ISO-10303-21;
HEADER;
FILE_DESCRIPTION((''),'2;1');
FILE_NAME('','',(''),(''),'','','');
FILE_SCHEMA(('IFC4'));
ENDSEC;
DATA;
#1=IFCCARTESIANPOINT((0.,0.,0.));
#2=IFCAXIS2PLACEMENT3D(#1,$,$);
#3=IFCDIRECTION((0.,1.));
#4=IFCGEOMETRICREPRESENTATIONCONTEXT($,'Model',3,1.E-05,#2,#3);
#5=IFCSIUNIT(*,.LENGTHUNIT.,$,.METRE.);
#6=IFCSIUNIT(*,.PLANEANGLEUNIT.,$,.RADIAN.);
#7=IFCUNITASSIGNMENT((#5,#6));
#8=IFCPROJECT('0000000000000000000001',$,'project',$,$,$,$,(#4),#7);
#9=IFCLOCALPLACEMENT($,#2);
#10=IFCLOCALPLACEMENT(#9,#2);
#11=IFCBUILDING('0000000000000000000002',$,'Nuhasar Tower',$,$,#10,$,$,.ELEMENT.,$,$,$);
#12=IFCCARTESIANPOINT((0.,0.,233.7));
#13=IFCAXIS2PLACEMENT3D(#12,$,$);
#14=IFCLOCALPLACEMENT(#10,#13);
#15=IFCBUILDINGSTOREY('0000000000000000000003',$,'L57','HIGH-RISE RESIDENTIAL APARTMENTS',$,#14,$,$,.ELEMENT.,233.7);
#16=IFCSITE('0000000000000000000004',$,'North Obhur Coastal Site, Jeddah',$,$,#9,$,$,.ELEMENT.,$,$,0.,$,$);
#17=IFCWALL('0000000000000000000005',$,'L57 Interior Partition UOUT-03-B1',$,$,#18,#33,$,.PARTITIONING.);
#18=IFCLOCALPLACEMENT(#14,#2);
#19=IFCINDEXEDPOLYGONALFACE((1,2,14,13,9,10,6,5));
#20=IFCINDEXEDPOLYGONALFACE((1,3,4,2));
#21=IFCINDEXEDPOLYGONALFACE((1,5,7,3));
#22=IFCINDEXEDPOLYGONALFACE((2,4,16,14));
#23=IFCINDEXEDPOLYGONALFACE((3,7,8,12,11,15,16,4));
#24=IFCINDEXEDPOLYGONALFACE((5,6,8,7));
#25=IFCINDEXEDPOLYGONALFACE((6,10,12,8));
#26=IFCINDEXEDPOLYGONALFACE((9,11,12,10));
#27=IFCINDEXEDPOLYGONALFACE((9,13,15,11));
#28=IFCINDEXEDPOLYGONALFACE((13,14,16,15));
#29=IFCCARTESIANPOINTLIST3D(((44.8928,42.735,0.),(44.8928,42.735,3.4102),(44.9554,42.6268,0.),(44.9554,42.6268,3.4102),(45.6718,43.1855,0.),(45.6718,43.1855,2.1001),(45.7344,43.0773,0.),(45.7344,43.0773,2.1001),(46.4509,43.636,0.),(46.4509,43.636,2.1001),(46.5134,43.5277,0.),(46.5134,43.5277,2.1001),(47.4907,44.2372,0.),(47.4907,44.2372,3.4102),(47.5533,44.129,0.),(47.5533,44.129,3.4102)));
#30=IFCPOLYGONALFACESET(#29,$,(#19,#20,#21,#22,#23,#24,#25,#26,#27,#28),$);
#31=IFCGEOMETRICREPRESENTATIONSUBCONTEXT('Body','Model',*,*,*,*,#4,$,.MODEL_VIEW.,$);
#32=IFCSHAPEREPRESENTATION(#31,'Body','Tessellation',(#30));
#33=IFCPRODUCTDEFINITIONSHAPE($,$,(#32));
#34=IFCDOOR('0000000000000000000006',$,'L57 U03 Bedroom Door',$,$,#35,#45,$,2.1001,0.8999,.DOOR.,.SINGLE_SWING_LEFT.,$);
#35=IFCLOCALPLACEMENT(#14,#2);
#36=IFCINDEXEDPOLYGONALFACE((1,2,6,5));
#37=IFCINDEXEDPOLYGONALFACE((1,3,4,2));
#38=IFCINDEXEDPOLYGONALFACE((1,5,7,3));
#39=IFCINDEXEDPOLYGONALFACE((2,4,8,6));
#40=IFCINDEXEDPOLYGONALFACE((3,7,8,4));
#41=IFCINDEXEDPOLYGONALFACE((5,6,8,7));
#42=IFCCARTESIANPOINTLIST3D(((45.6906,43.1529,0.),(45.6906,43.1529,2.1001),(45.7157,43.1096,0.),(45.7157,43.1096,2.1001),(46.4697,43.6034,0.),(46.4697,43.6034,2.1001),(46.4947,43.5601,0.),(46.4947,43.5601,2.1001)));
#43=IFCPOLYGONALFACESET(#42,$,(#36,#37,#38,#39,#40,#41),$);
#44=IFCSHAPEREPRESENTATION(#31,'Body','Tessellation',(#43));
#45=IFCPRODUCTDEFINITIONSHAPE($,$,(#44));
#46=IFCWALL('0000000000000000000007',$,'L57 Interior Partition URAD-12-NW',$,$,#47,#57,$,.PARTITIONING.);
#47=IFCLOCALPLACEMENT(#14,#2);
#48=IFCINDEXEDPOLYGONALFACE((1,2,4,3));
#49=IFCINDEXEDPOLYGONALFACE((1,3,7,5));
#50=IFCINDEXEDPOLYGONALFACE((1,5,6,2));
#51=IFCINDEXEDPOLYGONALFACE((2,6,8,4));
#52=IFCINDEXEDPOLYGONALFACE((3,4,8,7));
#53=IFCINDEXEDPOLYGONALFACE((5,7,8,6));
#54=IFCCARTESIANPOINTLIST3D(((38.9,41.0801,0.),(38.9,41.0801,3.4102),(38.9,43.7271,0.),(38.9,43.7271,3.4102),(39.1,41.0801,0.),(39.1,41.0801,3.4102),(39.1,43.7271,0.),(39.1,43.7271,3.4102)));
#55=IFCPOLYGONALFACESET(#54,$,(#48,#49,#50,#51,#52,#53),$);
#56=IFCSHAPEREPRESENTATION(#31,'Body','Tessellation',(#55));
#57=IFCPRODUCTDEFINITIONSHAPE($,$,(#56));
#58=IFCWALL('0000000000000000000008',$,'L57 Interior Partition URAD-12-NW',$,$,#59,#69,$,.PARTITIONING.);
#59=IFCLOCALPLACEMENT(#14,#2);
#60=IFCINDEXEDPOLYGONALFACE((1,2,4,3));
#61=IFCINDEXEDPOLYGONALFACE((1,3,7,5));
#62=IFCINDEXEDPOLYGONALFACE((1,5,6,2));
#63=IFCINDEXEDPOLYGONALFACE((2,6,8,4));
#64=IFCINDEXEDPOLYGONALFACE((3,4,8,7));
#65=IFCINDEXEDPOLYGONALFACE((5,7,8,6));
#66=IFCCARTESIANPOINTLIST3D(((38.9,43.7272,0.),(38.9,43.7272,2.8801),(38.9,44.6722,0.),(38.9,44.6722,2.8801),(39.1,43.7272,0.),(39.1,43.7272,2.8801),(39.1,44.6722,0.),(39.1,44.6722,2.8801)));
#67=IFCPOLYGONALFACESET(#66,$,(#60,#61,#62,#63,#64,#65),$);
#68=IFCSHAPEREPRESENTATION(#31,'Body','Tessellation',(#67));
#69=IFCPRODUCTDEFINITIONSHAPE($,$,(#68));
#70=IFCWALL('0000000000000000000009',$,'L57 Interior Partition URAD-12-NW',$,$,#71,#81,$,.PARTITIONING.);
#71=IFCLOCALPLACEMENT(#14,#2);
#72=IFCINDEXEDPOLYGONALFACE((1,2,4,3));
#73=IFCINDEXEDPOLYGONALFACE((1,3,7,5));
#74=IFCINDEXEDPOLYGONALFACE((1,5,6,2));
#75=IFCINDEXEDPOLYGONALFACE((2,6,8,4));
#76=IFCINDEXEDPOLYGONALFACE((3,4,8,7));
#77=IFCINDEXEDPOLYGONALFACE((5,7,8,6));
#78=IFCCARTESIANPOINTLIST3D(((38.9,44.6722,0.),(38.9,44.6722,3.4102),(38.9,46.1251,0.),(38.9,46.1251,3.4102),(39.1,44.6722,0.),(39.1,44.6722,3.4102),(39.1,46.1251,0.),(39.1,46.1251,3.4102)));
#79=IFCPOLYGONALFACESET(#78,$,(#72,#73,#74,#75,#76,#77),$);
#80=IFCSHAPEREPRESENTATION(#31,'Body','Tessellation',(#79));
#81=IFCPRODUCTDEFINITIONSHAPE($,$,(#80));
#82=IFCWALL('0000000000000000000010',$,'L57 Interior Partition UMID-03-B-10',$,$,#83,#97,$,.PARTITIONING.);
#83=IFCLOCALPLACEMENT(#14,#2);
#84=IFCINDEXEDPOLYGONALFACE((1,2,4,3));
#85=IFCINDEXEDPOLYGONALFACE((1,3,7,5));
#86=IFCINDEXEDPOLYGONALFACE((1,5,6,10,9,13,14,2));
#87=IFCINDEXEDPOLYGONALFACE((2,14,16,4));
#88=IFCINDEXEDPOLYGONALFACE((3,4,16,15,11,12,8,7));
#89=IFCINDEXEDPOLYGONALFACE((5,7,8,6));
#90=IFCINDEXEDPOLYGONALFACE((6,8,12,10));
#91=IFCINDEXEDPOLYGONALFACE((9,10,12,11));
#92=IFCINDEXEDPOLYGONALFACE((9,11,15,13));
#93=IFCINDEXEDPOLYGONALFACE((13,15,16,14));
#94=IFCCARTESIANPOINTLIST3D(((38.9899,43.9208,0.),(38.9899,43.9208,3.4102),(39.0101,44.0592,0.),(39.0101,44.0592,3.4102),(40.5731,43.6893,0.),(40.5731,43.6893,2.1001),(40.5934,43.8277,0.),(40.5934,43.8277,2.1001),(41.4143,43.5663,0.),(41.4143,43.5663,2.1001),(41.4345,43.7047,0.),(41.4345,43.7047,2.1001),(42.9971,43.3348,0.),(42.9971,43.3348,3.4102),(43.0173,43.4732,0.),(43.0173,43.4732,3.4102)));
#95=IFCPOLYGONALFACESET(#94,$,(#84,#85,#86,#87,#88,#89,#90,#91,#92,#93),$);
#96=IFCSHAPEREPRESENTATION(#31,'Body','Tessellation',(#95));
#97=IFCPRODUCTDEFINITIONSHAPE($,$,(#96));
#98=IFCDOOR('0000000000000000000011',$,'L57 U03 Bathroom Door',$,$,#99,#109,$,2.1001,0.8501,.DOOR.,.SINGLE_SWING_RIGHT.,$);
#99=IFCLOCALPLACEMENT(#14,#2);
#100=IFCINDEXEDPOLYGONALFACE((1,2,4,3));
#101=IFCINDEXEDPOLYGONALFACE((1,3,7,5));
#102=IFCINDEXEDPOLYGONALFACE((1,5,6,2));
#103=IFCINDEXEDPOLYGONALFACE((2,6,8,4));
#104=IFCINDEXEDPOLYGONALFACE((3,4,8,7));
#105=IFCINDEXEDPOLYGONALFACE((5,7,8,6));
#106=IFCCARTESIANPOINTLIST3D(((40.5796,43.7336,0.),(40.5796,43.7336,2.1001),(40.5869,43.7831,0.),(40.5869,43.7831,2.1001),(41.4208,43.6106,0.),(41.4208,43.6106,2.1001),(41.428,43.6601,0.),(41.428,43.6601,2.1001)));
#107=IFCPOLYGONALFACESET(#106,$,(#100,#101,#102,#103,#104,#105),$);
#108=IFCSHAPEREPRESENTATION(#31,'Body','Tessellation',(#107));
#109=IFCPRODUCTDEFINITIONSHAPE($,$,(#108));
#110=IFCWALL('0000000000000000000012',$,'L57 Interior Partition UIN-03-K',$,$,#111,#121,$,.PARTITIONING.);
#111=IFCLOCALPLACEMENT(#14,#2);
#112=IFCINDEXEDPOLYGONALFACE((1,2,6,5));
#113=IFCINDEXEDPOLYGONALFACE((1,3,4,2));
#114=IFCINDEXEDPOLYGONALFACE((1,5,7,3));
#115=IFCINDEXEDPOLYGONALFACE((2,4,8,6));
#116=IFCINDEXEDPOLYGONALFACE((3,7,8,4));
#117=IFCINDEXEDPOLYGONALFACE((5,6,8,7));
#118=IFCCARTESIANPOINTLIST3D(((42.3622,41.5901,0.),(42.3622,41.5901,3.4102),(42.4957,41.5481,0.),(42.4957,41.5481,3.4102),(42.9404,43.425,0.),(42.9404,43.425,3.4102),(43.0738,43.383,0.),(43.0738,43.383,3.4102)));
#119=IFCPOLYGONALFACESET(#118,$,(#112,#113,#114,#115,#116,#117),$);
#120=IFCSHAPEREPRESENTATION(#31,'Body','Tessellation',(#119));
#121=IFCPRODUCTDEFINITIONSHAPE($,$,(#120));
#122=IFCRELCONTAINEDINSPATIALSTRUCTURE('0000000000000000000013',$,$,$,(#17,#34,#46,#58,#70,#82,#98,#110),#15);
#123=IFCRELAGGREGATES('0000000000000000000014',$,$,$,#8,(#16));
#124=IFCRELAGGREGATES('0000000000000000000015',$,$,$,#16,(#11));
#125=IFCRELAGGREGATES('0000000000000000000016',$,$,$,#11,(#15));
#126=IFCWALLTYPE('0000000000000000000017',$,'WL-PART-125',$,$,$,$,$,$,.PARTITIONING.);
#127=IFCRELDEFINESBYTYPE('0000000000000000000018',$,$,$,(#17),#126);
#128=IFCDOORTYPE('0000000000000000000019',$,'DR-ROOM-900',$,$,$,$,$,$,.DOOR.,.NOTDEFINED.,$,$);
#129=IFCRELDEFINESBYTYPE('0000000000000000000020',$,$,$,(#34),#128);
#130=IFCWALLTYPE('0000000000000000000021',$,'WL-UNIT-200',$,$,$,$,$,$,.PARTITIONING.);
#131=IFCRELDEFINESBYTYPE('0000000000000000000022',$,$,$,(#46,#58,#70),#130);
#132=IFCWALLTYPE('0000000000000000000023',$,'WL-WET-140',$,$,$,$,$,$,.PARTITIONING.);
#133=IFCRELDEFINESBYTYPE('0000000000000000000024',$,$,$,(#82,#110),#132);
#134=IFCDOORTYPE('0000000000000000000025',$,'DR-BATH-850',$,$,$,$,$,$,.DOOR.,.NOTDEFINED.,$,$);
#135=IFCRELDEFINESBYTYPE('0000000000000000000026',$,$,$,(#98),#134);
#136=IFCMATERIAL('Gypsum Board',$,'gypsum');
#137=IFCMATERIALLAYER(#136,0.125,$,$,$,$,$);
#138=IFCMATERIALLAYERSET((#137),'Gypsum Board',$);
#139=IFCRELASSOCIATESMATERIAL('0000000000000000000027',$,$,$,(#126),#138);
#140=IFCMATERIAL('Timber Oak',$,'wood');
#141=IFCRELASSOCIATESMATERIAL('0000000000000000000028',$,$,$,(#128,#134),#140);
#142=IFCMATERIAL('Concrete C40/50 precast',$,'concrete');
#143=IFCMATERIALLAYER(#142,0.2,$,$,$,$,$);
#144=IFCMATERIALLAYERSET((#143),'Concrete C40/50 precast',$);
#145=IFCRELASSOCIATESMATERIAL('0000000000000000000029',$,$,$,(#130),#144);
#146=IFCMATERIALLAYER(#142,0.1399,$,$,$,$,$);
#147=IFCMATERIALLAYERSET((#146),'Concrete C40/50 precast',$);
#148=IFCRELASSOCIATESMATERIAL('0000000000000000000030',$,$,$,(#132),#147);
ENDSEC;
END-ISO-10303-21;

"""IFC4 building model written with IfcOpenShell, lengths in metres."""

from ifc_helpers import new_model, si_unit, direction, frame, frame_2d, origin, place, context, subcontext, project, spatial, rectangle, extrude, material, layer, layer_set, type_object, element, fill, save


model = new_model("IFC4")

# Units and contexts
model_context = context("Model", 3, precision=1e-05, world=origin(), true_north=direction((0.0, 1.0)))
body_context = subcontext(model_context, "Body", "Model", "MODEL_VIEW")
ifc_project = project(units=[si_unit("LENGTHUNIT", "METRE"), si_unit("PLANEANGLEUNIT", "RADIAN")], contexts=[model_context])

# Site, building, storey
site_placement = place(None, origin())
site = spatial("IfcSite", under=ifc_project, at=site_placement, Name="North Obhur Coastal Site, Jeddah", CompositionType="ELEMENT", RefElevation=0.0)
building_placement = place(site_placement, origin())
building = spatial("IfcBuilding", under=site, at=building_placement, Name="Nuhasar Tower", CompositionType="ELEMENT")
storey_placement = place(building_placement, frame((0.0, 0.0, 233.7)))
storey = spatial("IfcBuildingStorey", under=building, at=storey_placement, Name="L57", Description="HIGH-RISE RESIDENTIAL APARTMENTS", CompositionType="ELEMENT", Elevation=233.7)

# Shared definitions
ifc_material_1 = material(Name="Gypsum Board", Category="gypsum")

# Wall, opening, door
ifc_layer_1 = layer(ifc_material_1, 0.125)
ifc_layer_set_1 = layer_set([ifc_layer_1], Name="Gypsum Board")
wall_type_1 = type_object("IfcWallType", Name="WL-PART-125", PredefinedType="PARTITIONING", material=ifc_layer_set_1)
wall_1_placement = place(storey_placement, frame((44.9241, 42.6809, 0.0), z_axis=(0.0, 0.0, 1.0), x_axis=(0.865694, 0.500574, 0.0)))
wall_1 = element("IfcWall", 1, at=wall_1_placement, inside=storey, type_object=wall_type_1, Name="L57 Interior Partition UOUT-03-B1", PredefinedType="PARTITIONING", context=body_context, shape_type="SweptSolid", body=[
    extrude(rectangle(XDim=3.001, YDim=0.125, at=frame_2d((1.5005, 0.0))), origin(), (0.0, 0.0, 1.0), 3.4102),
])
opening_1_placement = place(wall_1_placement, frame((0.8999, 0.0, 0.0)))
opening_1 = element("IfcOpeningElement", 2, at=opening_1_placement, cuts=wall_1, PredefinedType="OPENING", context=body_context, shape_type="SweptSolid", body=[
    extrude(rectangle(XDim=0.8999, YDim=2.1001, at=frame_2d((0.45, 1.05))), frame((0.0, 0.0725, 0.0), z_axis=(0.0, -1.0, 0.0), x_axis=(1.0, 0.0, 0.0)), (0.0, 0.0, 1.0), 0.145),
])
ifc_material_2 = material(Name="Timber Oak", Category="wood")
door_type_1 = type_object("IfcDoorType", Name="DR-ROOM-900", OperationType="NOTDEFINED", PredefinedType="DOOR", material=ifc_material_2)
door_1_placement = place(opening_1_placement, origin())
door_1 = element("IfcDoor", 3, at=door_1_placement, inside=storey, type_object=door_type_1, Name="L57 U03 Bedroom Door", OperationType="SINGLE_SWING_LEFT", OverallHeight=2.1001, OverallWidth=0.8999, PredefinedType="DOOR", context=body_context, shape_type="SweptSolid", body=[
    extrude(rectangle(XDim=0.8999, YDim=2.1001, at=frame_2d((0.45, 1.05))), frame((0.0, 0.0249, 0.0), z_axis=(0.0, -1.0, 0.0), x_axis=(1.0, 0.0, 0.0)), (0.0, 0.0, 1.0), 0.05),
])
fill(opening_1, door_1)

# Walls
ifc_material_3 = material(Name="Concrete C40/50 precast", Category="concrete")
ifc_layer_2 = layer(ifc_material_3, 0.2)
ifc_layer_set_2 = layer_set([ifc_layer_2], Name="Concrete C40/50 precast")
wall_type_2 = type_object("IfcWallType", Name="WL-UNIT-200", PredefinedType="PARTITIONING", material=ifc_layer_set_2)
wall_2_placement = place(storey_placement, frame((39.0, 41.0801, 0.0), z_axis=(0.0, 0.0, 1.0), x_axis=(0.0, 1.0, 0.0)))
element("IfcWall", 4, at=wall_2_placement, inside=storey, type_object=wall_type_2, Name="L57 Interior Partition URAD-12-NW", PredefinedType="PARTITIONING", context=body_context, shape_type="SweptSolid", body=[
    extrude(rectangle(XDim=2.647, YDim=0.2, at=frame_2d((1.3235, 0.0))), origin(), (0.0, 0.0, 1.0), 3.4102),
])
wall_3_placement = place(storey_placement, frame((39.0, 43.7271, 0.0), z_axis=(0.0, 0.0, 1.0), x_axis=(0.0, 1.0, 0.0)))
element("IfcWall", 5, at=wall_3_placement, inside=storey, type_object=wall_type_2, Name="L57 Interior Partition URAD-12-NW", PredefinedType="PARTITIONING", context=body_context, shape_type="SweptSolid", body=[
    extrude(rectangle(XDim=0.9451, YDim=0.2, at=frame_2d((0.4727, 0.0))), origin(), (0.0, 0.0, 1.0), 2.8801),
])
wall_4_placement = place(storey_placement, frame((39.0, 44.6721, 0.0), z_axis=(0.0, 0.0, 1.0), x_axis=(0.0, 1.0, 0.0)))
element("IfcWall", 6, at=wall_4_placement, inside=storey, type_object=wall_type_2, Name="L57 Interior Partition URAD-12-NW", PredefinedType="PARTITIONING", context=body_context, shape_type="SweptSolid", body=[
    extrude(rectangle(XDim=1.4529, YDim=0.2, at=frame_2d((0.7266, 0.0))), origin(), (0.0, 0.0, 1.0), 3.4102),
])

# Wall, opening, door
ifc_layer_3 = layer(ifc_material_3, 0.1399)
ifc_layer_set_3 = layer_set([ifc_layer_3], Name="Concrete C40/50 precast")
wall_type_3 = type_object("IfcWallType", Name="WL-WET-140", PredefinedType="PARTITIONING", material=ifc_layer_set_3)
wall_5_placement = place(storey_placement, frame((39.0, 43.99, 0.0), z_axis=(0.0, 0.0, 1.0), x_axis=(0.989477, -0.144687, 0.0)))
wall_5 = element("IfcWall", 7, at=wall_5_placement, inside=storey, type_object=wall_type_3, Name="L57 Interior Partition UMID-03-B-10", PredefinedType="PARTITIONING", context=body_context, shape_type="SweptSolid", body=[
    extrude(rectangle(XDim=4.0498, YDim=0.1399, at=frame_2d((2.0249, 0.0))), origin(), (0.0, 0.0, 1.0), 3.4102),
])
opening_2_placement = place(wall_5_placement, frame((1.6001, 0.0, 0.0)))
opening_2 = element("IfcOpeningElement", 8, at=opening_2_placement, cuts=wall_5, PredefinedType="OPENING", context=body_context, shape_type="SweptSolid", body=[
    extrude(rectangle(XDim=0.8501, YDim=2.1001, at=frame_2d((0.425, 1.05))), frame((0.0, 0.0801, 0.0), z_axis=(0.0, -1.0, 0.0), x_axis=(1.0, 0.0, 0.0)), (0.0, 0.0, 1.0), 0.1599),
])
door_type_2 = type_object("IfcDoorType", Name="DR-BATH-850", OperationType="NOTDEFINED", PredefinedType="DOOR", material=ifc_material_2)
door_2_placement = place(opening_2_placement, origin())
door_2 = element("IfcDoor", 9, at=door_2_placement, inside=storey, type_object=door_type_2, Name="L57 U03 Bathroom Door", OperationType="SINGLE_SWING_RIGHT", OverallHeight=2.1001, OverallWidth=0.8501, PredefinedType="DOOR", context=body_context, shape_type="SweptSolid", body=[
    extrude(rectangle(XDim=0.8501, YDim=2.1001, at=frame_2d((0.425, 1.05))), frame((0.0, 0.0249, 0.0), z_axis=(0.0, -1.0, 0.0), x_axis=(1.0, 0.0, 0.0)), (0.0, 0.0, 1.0), 0.05),
])
fill(opening_2, door_2)

# Wall
wall_6_placement = place(storey_placement, frame((42.429, 41.5691, 0.0), z_axis=(0.0, 0.0, 1.0), x_axis=(0.3005, 0.953782, 0.0)))
element("IfcWall", 10, at=wall_6_placement, inside=storey, type_object=wall_type_3, Name="L57 Interior Partition UIN-03-K", PredefinedType="PARTITIONING", context=body_context, shape_type="SweptSolid", body=[
    extrude(rectangle(XDim=1.9238, YDim=0.1399, at=frame_2d((0.9619, 0.0))), origin(), (0.0, 0.0, 1.0), 3.4102),
])

save(model, "model.ifc")
